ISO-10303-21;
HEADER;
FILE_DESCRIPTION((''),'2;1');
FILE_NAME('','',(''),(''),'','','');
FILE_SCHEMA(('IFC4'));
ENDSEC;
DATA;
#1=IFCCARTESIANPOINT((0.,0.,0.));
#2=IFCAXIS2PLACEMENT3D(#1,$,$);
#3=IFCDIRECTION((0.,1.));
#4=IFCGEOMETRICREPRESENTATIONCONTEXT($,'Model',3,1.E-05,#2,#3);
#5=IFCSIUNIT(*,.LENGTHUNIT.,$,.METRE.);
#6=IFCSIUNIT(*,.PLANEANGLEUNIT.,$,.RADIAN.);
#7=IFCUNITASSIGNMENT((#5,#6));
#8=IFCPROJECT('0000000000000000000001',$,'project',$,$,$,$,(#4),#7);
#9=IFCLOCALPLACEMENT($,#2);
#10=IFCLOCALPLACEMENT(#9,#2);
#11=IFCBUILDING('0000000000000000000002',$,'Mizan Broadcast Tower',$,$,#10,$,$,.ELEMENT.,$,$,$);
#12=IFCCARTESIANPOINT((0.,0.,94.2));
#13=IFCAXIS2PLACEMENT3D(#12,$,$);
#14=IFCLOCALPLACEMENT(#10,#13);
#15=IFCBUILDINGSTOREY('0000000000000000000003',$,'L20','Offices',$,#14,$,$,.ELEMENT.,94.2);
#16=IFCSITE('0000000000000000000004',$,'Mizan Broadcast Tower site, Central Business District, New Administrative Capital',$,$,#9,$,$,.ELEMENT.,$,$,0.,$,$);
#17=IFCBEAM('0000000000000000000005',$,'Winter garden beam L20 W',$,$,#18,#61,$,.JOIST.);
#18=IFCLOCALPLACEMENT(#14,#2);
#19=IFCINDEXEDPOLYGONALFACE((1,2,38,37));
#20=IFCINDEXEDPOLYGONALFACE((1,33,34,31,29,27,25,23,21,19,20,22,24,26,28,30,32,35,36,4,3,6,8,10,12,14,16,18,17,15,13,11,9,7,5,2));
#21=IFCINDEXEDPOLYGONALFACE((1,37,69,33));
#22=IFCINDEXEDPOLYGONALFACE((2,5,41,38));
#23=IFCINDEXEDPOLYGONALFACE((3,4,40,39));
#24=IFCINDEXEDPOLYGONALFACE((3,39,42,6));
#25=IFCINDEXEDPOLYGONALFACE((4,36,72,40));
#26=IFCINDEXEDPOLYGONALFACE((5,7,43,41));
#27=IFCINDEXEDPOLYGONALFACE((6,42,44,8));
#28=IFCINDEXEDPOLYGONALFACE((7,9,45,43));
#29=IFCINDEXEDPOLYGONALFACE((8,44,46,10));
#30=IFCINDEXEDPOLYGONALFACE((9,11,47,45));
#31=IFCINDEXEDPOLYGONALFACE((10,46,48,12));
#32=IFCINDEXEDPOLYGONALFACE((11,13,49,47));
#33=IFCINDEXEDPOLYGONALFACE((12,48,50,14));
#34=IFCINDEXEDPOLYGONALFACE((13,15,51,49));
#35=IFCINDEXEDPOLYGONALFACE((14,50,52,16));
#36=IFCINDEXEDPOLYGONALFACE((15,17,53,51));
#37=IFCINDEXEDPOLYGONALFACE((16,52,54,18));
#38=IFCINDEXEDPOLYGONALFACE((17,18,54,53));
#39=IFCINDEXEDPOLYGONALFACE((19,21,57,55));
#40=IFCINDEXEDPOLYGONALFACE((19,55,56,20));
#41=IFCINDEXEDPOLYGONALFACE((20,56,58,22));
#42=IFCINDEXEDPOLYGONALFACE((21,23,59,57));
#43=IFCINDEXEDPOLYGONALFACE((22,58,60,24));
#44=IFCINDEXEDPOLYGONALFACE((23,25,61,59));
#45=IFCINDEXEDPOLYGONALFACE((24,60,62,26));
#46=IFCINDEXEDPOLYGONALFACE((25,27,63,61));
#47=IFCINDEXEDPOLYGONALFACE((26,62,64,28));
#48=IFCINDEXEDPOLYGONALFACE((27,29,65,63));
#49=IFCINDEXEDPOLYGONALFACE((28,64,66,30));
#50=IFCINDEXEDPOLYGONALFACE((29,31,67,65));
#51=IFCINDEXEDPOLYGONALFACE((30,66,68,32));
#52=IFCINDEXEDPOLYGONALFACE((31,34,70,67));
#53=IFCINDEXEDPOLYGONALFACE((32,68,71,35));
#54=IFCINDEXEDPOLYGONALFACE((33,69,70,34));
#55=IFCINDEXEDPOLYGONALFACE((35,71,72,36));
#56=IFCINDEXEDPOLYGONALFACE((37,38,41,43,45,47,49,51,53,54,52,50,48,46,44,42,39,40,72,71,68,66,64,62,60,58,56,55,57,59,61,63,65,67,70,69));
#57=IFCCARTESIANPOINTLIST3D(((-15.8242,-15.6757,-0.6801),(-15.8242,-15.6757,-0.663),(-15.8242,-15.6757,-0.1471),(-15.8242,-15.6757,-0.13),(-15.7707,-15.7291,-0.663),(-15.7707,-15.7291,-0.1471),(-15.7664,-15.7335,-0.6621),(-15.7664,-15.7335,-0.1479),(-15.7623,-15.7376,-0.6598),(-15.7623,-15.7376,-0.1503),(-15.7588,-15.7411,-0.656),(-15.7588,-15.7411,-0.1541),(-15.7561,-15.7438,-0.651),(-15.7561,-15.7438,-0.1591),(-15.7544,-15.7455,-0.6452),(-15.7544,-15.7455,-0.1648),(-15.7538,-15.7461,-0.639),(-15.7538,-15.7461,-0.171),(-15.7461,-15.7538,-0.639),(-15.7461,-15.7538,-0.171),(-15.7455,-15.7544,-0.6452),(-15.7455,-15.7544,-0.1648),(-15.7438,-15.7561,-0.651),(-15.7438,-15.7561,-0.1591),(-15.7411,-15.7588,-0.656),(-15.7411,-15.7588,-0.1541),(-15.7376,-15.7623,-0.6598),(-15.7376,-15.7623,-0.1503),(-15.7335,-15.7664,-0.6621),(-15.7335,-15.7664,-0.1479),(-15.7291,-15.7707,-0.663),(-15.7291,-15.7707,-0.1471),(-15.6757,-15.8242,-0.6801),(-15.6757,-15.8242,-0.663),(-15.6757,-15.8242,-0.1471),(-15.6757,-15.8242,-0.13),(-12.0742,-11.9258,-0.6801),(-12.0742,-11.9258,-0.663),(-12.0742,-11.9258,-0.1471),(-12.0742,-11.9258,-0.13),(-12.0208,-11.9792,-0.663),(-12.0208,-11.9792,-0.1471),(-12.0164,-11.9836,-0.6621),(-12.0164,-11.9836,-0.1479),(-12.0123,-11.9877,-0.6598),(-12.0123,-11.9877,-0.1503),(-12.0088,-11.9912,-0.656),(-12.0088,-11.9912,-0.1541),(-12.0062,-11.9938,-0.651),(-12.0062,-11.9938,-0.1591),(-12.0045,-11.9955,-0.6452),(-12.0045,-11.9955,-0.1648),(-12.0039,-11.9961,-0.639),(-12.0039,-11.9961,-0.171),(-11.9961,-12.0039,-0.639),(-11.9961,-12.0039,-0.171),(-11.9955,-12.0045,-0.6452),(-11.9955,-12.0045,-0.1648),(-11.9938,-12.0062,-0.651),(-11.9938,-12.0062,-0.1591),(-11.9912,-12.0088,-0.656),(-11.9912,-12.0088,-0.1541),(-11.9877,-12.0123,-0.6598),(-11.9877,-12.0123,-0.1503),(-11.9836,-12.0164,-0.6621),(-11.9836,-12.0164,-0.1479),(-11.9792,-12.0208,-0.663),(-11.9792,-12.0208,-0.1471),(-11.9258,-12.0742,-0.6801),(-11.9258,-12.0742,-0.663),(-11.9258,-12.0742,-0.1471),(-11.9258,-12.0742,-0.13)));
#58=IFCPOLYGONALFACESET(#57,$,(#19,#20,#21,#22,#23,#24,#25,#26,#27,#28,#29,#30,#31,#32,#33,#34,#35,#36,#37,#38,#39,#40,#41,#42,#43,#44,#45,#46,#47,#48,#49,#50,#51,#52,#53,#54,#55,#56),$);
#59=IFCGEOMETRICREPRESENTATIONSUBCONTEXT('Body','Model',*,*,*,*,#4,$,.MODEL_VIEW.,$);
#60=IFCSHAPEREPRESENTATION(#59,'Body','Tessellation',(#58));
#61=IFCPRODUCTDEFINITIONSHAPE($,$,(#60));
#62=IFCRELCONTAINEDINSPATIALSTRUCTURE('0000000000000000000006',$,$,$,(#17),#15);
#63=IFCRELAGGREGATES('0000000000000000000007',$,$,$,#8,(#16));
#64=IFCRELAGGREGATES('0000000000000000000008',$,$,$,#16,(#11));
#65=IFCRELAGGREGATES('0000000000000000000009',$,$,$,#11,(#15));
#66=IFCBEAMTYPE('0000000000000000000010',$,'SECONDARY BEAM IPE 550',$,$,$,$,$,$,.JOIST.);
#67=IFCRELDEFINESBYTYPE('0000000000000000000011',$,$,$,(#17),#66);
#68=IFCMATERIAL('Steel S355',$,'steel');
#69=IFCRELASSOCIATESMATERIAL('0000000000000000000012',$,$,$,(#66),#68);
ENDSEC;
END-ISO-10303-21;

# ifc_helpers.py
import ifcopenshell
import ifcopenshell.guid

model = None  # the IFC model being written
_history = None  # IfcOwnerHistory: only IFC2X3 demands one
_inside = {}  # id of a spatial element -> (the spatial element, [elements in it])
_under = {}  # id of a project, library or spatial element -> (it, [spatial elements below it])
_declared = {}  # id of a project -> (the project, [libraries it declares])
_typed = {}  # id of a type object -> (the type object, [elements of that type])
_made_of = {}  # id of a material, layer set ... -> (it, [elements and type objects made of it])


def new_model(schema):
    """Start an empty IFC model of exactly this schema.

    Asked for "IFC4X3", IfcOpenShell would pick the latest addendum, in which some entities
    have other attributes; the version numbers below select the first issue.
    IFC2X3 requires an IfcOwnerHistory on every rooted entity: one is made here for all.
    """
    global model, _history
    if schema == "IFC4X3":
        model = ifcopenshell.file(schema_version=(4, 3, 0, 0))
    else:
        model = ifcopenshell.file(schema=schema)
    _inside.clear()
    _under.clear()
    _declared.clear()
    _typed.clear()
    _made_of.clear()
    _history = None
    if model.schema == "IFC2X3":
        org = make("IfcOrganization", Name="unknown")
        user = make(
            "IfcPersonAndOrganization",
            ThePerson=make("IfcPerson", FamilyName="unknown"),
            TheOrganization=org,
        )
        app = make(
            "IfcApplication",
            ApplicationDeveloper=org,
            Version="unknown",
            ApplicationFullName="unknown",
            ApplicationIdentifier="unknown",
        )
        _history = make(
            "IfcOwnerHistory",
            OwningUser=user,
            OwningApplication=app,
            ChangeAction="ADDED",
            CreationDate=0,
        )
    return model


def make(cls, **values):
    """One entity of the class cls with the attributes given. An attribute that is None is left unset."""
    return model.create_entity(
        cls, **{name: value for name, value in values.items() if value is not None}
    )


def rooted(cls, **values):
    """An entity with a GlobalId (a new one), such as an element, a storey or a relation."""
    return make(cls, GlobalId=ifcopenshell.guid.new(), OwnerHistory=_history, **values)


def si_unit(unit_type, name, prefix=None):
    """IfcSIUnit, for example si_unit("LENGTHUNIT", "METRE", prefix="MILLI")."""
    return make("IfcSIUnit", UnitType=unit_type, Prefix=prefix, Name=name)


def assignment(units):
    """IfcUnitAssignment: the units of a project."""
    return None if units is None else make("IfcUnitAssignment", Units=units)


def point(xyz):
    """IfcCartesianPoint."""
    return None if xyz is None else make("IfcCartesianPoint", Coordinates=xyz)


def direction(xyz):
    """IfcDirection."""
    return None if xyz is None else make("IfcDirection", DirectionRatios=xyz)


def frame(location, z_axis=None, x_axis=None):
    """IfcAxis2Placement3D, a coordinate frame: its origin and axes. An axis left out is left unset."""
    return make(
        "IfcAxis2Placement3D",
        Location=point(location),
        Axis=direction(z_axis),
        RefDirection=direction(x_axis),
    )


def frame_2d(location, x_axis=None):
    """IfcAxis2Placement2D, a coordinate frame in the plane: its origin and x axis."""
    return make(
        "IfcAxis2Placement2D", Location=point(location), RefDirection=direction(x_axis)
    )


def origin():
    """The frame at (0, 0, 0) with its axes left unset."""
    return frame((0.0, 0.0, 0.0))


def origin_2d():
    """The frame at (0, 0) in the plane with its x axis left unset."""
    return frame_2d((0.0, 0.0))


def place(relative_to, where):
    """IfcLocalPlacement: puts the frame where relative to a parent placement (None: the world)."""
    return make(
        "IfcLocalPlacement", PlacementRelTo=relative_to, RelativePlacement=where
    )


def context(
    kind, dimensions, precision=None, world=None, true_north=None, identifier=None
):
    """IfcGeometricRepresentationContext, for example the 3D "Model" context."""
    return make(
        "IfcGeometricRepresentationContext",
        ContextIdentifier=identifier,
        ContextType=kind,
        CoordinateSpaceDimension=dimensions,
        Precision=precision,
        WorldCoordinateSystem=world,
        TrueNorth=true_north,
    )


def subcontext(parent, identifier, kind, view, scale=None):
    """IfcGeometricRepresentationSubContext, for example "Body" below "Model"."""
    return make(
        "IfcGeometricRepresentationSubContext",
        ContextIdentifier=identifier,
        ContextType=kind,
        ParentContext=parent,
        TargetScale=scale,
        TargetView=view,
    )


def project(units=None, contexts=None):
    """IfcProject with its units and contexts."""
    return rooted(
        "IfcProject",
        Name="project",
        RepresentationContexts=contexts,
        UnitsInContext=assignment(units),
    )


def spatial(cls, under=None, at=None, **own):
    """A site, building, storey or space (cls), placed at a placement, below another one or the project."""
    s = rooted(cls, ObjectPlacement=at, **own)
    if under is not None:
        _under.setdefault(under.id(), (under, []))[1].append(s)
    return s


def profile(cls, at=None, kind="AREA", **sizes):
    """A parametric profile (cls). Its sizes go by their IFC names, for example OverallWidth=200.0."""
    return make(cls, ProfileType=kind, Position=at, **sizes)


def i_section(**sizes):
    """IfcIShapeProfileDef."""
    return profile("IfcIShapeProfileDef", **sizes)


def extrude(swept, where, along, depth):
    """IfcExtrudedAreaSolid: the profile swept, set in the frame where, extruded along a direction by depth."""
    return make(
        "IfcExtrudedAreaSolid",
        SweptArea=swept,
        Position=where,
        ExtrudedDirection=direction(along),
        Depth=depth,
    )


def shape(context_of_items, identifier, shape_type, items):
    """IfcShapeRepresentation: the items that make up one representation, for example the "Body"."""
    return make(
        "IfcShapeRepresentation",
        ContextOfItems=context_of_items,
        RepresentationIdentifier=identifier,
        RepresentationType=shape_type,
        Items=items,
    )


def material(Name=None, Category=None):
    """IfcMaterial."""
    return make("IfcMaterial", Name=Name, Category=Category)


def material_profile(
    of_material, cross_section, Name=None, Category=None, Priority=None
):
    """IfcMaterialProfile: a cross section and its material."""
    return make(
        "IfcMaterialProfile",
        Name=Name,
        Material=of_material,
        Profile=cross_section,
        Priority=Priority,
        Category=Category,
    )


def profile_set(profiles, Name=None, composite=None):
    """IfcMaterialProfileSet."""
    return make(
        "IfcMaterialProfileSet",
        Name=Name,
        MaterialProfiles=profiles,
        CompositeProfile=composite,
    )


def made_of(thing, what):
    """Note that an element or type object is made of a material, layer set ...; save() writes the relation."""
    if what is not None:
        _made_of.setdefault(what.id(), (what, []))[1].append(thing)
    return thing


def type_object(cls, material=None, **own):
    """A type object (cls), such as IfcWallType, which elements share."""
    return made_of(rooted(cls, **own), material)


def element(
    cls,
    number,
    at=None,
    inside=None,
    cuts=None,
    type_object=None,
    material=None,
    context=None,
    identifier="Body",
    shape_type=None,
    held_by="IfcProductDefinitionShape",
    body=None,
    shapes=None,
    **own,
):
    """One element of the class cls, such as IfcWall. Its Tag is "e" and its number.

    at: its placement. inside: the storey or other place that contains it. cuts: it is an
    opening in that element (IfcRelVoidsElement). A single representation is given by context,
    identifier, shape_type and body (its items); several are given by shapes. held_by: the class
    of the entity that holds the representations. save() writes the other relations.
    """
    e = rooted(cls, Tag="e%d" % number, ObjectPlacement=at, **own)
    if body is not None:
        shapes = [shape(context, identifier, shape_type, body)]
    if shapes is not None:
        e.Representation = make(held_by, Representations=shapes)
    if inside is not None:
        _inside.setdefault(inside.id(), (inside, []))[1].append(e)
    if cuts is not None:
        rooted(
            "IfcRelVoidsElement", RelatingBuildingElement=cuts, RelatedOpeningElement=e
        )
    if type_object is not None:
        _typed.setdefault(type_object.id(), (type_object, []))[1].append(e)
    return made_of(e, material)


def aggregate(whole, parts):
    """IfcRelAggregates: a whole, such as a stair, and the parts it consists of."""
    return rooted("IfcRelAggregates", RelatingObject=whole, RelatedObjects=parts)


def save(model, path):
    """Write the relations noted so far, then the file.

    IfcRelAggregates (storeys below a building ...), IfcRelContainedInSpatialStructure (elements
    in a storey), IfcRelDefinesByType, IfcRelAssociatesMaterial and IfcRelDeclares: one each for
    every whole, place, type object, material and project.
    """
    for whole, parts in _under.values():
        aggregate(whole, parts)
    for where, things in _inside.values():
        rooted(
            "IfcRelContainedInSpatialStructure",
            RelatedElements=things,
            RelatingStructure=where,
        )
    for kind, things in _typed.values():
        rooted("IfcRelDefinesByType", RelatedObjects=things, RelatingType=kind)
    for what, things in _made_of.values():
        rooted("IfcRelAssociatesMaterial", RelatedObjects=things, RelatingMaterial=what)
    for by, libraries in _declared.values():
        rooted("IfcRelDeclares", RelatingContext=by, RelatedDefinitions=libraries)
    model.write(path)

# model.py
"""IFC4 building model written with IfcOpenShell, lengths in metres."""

from ifc_helpers import new_model, si_unit, direction, frame, origin, origin_2d, place, context, subcontext, project, spatial, i_section, extrude, material, material_profile, profile_set, type_object, element, save


model = new_model("IFC4")

# Units and contexts
model_context = context("Model", 3, precision=1e-05, world=origin(), true_north=direction((0.0, 1.0)))
body_context = subcontext(model_context, "Body", "Model", "MODEL_VIEW")
ifc_project = project(units=[si_unit("LENGTHUNIT", "METRE"), si_unit("PLANEANGLEUNIT", "RADIAN")], contexts=[model_context])

# Site, building, storey
site_placement = place(None, origin())
site = spatial("IfcSite", under=ifc_project, at=site_placement, Name="Mizan Broadcast Tower site, Central Business District, New Administrative Capital", CompositionType="ELEMENT", RefElevation=0.0)
building_placement = place(site_placement, origin())
building = spatial("IfcBuilding", under=site, at=building_placement, Name="Mizan Broadcast Tower", CompositionType="ELEMENT")
storey_placement = place(building_placement, frame((0.0, 0.0, 94.2)))
storey = spatial("IfcBuildingStorey", under=building, at=storey_placement, Name="L20", Description="Offices", CompositionType="ELEMENT", Elevation=94.2)

# Beam
ifc_material_1 = material(Name="Steel S355", Category="steel")
ifc_material_profile_1 = material_profile(ifc_material_1, i_section(OverallWidth=0.21, OverallDepth=0.55, WebThickness=0.011, FlangeThickness=0.0171, FilletRadius=0.0239, at=origin_2d()), Name="IPE 550")
ifc_profile_set_1 = profile_set([ifc_material_profile_1], Name="Steel S355")
beam_type_1 = type_object("IfcBeamType", Name="SECONDARY BEAM IPE 550", PredefinedType="JOIST", material=ifc_profile_set_1)
beam_1_placement = place(storey_placement, frame((-12.0, -12.0, -0.405), z_axis=(-0.707107, -0.707107, 0.0), x_axis=(0.707107, -0.707107, 0.0)))
element("IfcBeam", 1, at=beam_1_placement, inside=storey, type_object=beam_type_1, Name="Winter garden beam L20 W", PredefinedType="JOIST", context=body_context, shape_type="SweptSolid", body=[
    extrude(i_section(OverallWidth=0.21, OverallDepth=0.55, WebThickness=0.011, FlangeThickness=0.0171, FilletRadius=0.0239, at=origin_2d()), origin(), (0.0, 0.0, 1.0), 5.3032),
])

save(model, "model.ifc")
